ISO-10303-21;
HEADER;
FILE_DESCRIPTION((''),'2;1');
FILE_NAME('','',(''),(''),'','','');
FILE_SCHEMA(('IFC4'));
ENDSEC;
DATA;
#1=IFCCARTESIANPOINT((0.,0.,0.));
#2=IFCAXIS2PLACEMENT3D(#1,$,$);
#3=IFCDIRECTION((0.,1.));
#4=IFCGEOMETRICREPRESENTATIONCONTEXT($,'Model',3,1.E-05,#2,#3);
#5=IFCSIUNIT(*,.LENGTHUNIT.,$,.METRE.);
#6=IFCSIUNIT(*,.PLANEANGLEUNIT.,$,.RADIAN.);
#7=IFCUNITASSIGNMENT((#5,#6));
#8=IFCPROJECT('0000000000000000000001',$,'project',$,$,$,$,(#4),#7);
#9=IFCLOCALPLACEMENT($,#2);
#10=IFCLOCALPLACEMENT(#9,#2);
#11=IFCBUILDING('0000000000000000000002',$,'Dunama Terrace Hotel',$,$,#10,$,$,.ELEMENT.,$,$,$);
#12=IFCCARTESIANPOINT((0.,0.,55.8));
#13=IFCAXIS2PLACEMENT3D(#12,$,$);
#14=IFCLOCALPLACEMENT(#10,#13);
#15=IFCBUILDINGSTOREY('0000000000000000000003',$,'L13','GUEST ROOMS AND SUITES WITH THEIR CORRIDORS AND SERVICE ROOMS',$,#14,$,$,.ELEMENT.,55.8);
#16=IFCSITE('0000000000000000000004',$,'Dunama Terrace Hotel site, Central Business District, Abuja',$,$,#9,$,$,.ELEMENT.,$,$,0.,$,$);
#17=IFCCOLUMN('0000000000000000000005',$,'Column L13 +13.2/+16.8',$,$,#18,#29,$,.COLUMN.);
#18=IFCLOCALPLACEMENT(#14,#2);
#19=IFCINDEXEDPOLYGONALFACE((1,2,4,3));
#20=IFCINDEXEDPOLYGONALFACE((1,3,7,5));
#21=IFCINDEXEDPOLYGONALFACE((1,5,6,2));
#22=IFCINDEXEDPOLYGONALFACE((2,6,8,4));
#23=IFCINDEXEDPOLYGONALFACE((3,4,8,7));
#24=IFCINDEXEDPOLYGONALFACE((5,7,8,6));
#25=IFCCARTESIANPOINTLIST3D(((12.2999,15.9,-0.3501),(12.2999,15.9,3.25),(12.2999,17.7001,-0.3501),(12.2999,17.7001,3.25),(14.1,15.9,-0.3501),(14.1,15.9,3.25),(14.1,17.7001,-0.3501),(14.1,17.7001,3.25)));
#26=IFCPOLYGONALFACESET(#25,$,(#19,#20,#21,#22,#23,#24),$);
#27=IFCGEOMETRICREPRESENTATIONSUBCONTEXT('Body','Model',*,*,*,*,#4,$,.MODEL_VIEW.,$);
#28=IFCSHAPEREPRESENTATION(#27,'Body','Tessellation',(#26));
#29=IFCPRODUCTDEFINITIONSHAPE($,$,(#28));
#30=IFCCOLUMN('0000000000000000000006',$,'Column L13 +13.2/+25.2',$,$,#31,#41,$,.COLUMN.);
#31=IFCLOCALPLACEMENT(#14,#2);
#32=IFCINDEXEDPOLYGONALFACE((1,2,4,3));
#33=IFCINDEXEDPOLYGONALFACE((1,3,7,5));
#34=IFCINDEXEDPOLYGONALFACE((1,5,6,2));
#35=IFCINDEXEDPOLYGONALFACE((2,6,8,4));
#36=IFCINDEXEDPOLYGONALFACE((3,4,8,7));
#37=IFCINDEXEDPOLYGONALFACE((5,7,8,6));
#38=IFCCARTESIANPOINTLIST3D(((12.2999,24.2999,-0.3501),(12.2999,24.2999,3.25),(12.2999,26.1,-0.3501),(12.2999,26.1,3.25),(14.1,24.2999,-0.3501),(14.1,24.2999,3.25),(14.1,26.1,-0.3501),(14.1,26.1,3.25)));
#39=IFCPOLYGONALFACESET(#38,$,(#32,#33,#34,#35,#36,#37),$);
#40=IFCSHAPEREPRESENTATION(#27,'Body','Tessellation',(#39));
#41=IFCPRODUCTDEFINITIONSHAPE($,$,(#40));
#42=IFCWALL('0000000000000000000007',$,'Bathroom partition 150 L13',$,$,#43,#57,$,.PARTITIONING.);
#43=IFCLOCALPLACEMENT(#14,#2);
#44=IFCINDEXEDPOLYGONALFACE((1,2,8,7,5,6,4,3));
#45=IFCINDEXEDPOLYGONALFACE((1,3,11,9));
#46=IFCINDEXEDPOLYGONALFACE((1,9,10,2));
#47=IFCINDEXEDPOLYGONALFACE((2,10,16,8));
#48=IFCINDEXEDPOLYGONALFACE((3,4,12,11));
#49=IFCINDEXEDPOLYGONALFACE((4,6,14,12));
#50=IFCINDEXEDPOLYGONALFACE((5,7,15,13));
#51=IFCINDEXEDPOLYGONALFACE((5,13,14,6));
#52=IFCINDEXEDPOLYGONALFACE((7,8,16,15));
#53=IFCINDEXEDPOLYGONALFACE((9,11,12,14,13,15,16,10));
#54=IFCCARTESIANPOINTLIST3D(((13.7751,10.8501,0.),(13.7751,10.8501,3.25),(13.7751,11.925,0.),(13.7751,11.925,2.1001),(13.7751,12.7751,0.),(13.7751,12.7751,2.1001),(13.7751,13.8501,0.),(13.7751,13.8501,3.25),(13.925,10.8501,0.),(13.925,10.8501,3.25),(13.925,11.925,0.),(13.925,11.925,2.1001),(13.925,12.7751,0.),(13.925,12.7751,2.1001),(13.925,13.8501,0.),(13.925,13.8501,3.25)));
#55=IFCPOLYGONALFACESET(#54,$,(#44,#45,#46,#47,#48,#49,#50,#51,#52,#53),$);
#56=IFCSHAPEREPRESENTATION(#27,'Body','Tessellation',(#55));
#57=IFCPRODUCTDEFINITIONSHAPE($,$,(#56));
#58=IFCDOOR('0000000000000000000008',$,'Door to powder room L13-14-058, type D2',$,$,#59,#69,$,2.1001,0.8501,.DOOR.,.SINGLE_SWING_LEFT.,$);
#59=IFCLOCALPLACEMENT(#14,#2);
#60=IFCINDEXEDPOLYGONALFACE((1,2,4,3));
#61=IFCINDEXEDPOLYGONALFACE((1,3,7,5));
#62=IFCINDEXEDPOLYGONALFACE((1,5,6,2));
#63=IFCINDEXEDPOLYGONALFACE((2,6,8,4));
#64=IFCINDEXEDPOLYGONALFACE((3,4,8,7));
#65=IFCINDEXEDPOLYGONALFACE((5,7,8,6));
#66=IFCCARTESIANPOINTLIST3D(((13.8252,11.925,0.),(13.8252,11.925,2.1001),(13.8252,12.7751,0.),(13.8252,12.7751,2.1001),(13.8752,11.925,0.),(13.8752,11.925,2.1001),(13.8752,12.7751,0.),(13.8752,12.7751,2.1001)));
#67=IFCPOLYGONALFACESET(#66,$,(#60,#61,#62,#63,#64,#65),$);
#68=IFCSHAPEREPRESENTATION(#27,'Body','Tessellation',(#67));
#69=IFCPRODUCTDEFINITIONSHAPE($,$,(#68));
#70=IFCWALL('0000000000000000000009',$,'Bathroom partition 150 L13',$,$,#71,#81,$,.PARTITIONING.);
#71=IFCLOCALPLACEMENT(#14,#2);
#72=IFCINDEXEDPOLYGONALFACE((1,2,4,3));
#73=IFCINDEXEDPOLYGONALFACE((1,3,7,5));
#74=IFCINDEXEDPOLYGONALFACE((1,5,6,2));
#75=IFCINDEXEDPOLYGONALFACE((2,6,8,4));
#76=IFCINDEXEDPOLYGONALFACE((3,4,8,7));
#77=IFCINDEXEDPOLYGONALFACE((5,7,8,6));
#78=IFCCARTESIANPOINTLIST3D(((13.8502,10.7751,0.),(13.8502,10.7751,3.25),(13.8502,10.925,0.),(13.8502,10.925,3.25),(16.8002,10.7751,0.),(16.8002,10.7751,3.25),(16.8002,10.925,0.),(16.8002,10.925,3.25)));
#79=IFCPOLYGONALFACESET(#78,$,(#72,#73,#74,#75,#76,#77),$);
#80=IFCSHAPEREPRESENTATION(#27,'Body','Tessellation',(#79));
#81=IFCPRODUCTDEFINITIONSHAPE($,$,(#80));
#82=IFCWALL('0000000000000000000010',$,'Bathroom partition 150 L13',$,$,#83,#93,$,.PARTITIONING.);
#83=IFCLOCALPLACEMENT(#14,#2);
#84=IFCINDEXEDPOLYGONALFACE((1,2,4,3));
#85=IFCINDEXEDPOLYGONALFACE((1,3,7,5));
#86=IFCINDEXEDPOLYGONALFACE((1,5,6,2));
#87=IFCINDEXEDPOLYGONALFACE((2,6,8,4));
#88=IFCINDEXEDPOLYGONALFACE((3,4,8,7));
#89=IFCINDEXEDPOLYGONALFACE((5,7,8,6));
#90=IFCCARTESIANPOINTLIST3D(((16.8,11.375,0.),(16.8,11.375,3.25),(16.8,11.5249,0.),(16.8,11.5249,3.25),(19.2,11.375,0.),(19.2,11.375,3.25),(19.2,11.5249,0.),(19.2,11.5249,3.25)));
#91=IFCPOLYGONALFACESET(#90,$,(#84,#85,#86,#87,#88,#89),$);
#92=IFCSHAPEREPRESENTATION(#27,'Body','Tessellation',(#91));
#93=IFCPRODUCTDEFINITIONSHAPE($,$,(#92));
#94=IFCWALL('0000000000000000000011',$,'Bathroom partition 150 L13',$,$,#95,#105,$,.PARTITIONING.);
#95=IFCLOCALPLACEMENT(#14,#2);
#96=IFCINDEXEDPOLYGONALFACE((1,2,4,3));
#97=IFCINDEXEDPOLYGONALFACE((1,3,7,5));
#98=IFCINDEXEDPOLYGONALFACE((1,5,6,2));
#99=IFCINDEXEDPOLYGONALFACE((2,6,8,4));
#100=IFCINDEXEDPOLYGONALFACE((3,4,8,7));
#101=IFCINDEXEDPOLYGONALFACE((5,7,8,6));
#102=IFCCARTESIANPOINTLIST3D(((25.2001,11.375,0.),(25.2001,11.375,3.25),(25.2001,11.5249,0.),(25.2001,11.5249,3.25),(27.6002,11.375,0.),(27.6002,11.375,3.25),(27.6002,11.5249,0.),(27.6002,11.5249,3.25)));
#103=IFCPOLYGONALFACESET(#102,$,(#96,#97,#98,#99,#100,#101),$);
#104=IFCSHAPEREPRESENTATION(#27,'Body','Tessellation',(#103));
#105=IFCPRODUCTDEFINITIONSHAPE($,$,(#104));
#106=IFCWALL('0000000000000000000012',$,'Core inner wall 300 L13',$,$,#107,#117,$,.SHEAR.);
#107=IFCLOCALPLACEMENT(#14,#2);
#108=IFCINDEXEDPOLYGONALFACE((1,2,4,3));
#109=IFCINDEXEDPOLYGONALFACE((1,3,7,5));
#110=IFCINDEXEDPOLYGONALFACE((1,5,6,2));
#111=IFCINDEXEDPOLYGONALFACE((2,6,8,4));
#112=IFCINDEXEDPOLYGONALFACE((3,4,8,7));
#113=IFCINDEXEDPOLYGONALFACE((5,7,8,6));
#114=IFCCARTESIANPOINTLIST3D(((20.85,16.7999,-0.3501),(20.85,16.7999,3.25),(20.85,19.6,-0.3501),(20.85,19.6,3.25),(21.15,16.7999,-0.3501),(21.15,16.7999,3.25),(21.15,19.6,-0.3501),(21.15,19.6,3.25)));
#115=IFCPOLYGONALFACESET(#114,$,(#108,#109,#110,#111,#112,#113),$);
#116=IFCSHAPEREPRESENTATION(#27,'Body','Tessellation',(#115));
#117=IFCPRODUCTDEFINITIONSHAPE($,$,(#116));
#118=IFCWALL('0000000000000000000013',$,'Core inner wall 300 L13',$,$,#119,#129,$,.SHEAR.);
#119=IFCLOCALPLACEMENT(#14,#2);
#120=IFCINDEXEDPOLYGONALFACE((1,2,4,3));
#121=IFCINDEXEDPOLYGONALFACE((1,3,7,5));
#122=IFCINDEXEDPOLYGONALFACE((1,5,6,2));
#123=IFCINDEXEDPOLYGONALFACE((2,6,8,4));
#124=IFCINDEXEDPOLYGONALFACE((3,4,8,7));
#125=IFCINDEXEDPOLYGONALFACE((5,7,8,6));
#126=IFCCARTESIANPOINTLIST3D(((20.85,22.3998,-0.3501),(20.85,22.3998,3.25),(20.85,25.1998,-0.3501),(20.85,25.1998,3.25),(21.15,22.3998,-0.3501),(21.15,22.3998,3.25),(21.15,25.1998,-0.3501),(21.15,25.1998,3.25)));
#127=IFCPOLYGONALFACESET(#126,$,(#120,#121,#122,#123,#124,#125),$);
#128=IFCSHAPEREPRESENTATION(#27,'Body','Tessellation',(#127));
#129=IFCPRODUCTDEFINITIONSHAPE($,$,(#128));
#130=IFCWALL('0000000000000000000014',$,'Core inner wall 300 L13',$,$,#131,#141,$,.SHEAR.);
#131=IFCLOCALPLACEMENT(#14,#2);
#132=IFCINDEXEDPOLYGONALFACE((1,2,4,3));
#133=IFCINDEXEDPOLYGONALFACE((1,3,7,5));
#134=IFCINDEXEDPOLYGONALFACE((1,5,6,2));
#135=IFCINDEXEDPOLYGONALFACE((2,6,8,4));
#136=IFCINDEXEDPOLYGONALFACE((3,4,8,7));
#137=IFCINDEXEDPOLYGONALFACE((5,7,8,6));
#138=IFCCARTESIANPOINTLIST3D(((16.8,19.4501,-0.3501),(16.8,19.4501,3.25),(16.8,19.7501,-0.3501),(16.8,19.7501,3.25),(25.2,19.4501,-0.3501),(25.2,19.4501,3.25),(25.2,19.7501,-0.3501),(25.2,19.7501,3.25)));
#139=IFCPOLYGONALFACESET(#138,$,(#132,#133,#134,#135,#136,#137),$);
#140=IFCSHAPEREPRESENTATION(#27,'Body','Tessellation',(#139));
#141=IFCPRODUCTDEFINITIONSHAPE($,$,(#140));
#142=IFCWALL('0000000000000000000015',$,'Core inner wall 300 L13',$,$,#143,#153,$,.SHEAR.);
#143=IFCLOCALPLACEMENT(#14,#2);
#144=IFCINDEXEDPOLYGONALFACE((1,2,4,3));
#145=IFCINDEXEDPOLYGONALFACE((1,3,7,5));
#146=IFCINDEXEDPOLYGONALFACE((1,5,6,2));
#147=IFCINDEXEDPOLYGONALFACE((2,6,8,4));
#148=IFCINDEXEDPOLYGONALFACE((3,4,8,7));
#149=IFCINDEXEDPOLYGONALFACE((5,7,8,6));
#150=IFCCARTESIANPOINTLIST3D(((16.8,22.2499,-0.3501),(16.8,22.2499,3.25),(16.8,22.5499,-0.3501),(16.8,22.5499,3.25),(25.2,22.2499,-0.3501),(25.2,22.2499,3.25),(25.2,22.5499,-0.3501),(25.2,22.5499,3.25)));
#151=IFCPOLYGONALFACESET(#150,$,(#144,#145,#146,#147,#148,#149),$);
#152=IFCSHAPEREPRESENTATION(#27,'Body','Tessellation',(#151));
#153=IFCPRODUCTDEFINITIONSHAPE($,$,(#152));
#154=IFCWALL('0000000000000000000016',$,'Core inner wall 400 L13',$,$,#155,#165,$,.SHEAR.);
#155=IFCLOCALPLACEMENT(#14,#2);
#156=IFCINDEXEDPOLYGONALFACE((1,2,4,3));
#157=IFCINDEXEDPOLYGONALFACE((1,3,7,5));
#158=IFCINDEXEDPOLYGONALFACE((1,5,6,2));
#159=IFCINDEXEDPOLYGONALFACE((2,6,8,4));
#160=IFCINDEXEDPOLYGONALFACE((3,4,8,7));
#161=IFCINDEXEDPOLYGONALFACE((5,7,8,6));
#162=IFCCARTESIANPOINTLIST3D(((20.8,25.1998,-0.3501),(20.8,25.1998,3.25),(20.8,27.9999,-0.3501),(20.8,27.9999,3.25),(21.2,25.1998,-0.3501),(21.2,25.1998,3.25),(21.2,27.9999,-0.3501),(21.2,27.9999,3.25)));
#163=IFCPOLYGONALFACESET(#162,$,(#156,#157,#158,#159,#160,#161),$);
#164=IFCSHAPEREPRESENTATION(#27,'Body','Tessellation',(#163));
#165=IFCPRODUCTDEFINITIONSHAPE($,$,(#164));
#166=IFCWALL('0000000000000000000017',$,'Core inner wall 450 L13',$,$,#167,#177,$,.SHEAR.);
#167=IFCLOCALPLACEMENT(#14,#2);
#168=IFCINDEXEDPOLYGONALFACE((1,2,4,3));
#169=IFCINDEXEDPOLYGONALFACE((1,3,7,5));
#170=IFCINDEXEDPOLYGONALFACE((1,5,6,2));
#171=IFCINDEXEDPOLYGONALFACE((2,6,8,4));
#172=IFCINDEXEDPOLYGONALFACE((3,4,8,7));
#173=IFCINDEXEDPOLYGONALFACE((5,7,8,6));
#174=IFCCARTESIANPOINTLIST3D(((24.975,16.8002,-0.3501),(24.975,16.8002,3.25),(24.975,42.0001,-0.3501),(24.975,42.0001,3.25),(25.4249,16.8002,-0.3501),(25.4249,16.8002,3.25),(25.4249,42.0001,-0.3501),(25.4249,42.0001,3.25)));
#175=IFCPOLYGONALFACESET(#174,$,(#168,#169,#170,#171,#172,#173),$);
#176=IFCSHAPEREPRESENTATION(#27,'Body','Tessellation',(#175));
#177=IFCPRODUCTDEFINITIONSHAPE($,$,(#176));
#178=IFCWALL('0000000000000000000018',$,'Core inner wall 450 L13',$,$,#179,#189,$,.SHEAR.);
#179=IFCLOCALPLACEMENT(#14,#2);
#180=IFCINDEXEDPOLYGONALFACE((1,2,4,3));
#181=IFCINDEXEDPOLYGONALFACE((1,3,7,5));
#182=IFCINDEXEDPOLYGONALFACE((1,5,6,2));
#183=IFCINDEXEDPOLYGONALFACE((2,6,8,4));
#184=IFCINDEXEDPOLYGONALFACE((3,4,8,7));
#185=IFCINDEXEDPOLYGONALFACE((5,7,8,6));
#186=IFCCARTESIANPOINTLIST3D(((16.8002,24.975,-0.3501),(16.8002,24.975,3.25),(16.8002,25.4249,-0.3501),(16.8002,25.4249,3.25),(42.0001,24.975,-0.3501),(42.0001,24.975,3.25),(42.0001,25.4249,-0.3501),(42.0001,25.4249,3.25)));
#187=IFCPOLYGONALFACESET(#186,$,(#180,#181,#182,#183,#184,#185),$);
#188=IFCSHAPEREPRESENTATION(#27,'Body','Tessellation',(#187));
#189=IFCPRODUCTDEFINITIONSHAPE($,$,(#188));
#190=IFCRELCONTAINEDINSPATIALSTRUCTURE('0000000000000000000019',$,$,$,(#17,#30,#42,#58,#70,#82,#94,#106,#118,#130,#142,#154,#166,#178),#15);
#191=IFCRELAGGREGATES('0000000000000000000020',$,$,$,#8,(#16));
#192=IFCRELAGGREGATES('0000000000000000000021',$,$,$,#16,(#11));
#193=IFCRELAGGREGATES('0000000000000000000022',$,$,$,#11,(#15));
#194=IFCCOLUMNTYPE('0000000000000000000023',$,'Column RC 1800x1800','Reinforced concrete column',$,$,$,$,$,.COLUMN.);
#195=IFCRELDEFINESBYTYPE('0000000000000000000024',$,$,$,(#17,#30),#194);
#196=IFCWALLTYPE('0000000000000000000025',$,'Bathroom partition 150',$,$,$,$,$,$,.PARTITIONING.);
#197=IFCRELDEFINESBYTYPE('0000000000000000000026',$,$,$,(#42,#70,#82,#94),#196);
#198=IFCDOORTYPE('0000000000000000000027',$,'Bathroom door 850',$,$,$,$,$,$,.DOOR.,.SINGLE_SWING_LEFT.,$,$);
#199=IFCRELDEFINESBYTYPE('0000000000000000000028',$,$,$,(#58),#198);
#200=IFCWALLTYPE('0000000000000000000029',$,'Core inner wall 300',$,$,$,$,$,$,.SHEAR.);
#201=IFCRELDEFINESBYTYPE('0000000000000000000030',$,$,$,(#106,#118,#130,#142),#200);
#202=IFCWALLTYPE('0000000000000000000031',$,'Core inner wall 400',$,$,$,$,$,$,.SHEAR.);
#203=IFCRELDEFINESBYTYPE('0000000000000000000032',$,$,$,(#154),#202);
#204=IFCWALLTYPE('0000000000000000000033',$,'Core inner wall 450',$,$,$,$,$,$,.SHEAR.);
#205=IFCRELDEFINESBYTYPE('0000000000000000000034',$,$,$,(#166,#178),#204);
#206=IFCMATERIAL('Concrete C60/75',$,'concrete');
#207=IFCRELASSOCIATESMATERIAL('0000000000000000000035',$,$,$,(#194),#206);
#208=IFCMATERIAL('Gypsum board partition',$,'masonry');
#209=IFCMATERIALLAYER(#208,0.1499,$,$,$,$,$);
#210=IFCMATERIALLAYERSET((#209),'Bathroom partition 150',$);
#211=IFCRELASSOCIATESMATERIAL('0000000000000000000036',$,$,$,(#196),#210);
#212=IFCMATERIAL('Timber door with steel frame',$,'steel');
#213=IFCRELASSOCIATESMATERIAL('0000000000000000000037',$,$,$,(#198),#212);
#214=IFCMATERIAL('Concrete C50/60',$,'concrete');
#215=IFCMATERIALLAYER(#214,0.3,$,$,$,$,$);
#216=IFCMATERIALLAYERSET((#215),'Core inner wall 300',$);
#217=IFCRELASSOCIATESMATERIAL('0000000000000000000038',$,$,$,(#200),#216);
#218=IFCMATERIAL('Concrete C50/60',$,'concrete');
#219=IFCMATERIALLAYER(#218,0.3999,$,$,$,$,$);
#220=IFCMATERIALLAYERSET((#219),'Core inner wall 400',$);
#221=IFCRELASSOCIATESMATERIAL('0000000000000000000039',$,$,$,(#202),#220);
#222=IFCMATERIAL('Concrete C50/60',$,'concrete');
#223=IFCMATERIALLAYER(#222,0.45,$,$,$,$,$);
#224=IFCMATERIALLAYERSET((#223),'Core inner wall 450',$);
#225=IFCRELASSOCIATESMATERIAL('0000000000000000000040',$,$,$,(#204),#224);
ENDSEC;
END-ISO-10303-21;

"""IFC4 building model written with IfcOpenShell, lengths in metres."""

from ifc_helpers import new_model, si_unit, direction, frame, frame_2d, origin, origin_2d, place, context, subcontext, project, spatial, rectangle, extrude, material, layer, layer_set, material_profile, profile_set, type_object, element, fill, save


model = new_model("IFC4")

# Units and contexts
model_context = context("Model", 3, precision=1e-05, world=origin(), true_north=direction((0.0, 1.0)))
body_context = subcontext(model_context, "Body", "Model", "MODEL_VIEW")
ifc_project = project(units=[si_unit("LENGTHUNIT", "METRE"), si_unit("PLANEANGLEUNIT", "RADIAN")], contexts=[model_context])

# Site, building, storey
site_placement = place(None, origin())
site = spatial("IfcSite", under=ifc_project, at=site_placement, Name="Dunama Terrace Hotel site, Central Business District, Abuja", CompositionType="ELEMENT", RefElevation=0.0)
building_placement = place(site_placement, origin())
building = spatial("IfcBuilding", under=site, at=building_placement, Name="Dunama Terrace Hotel", CompositionType="ELEMENT")
storey_placement = place(building_placement, frame((0.0, 0.0, 55.8)))
storey = spatial("IfcBuildingStorey", under=building, at=storey_placement, Name="L13", Description="GUEST ROOMS AND SUITES WITH THEIR CORRIDORS AND SERVICE ROOMS", CompositionType="ELEMENT", Elevation=55.8)

# Columns
ifc_material_1 = material(Name="Concrete C60/75", Category="concrete")
ifc_material_profile = material_profile(ifc_material_1, rectangle(XDim=1.8, YDim=1.8, at=origin_2d()), Name="RC 1800x1800")
ifc_profile_set = profile_set([ifc_material_profile], Name="Concrete C60/75")
column_type = type_object("IfcColumnType", Name="Column RC 1800x1800", Description="Reinforced concrete column", PredefinedType="COLUMN", material=ifc_profile_set)
for number, where, z_axis, x_axis, name in (
    (1, (13.2, 16.8, -0.3501), (0.0, 0.0, 1.0), (1.0, 0.0, 0.0), "Column L13 +13.2/+16.8"),
    (2, (13.2, 25.2, -0.3501), (0.0, 0.0, 1.0), (1.0, 0.0, 0.0), "Column L13 +13.2/+25.2"),
):
    element("IfcColumn", number, at=place(storey_placement, frame(where, z_axis=z_axis, x_axis=x_axis)), inside=storey, type_object=column_type, Name=name, PredefinedType="COLUMN", context=body_context, shape_type="SweptSolid", body=[
        extrude(rectangle(XDim=1.8, YDim=1.8, at=origin_2d()), origin(), (0.0, 0.0, 1.0), 3.6001),
    ])

# Wall, opening, door
ifc_material_2 = material(Name="Gypsum board partition", Category="masonry")
ifc_layer_1 = layer(ifc_material_2, 0.1499)
ifc_layer_set_1 = layer_set([ifc_layer_1], Name="Bathroom partition 150")
wall_type_1 = type_object("IfcWallType", Name="Bathroom partition 150", PredefinedType="PARTITIONING", material=ifc_layer_set_1)
wall_1_placement = place(storey_placement, frame((13.8501, 10.8501, 0.0), z_axis=(0.0, 0.0, 1.0), x_axis=(0.0, 1.0, 0.0)))
wall_1 = element("IfcWall", 3, at=wall_1_placement, inside=storey, type_object=wall_type_1, Name="Bathroom partition 150 L13", PredefinedType="PARTITIONING", context=body_context, shape_type="SweptSolid", body=[
    extrude(rectangle(XDim=3.0, YDim=0.1499, at=frame_2d((1.5, 0.0))), origin(), (0.0, 0.0, 1.0), 3.25),
])
opening_1_placement = place(wall_1_placement, frame((1.075, 0.0, 0.0)))
opening_1 = element("IfcOpeningElement", 4, at=opening_1_placement, cuts=wall_1, PredefinedType="OPENING", context=body_context, shape_type="SweptSolid", body=[
    extrude(rectangle(XDim=0.8501, YDim=2.1001, at=frame_2d((0.425, 1.05))), frame((0.0, 0.085, 0.0), z_axis=(0.0, -1.0, 0.0), x_axis=(1.0, 0.0, 0.0)), (0.0, 0.0, 1.0), 0.1699),
])
ifc_material_3 = material(Name="Timber door with steel frame", Category="steel")
door_type_1 = type_object("IfcDoorType", Name="Bathroom door 850", OperationType="SINGLE_SWING_LEFT", PredefinedType="DOOR", material=ifc_material_3)
door_1_placement = place(opening_1_placement, frame((0.8501, 0.0, 0.0), z_axis=(0.0, 0.0, 1.0), x_axis=(-1.0, 0.0, 0.0)))
door_1 = element("IfcDoor", 5, at=door_1_placement, inside=storey, type_object=door_type_1, Name="Door to powder room L13-14-058, type D2", OperationType="SINGLE_SWING_LEFT", OverallHeight=2.1001, OverallWidth=0.8501, PredefinedType="DOOR", context=body_context, shape_type="SweptSolid", body=[
    extrude(rectangle(XDim=0.8501, YDim=2.1001, at=frame_2d((0.425, 1.05))), frame((0.0, 0.0251, 0.0), z_axis=(0.0, -1.0, 0.0), x_axis=(1.0, 0.0, 0.0)), (0.0, 0.0, 1.0), 0.05),
])
fill(opening_1, door_1)

# Walls
wall_2_placement = place(storey_placement, frame((13.8501, 10.8501, 0.0), z_axis=(0.0, 0.0, 1.0), x_axis=(1.0, 0.0, 0.0)))
element("IfcWall", 6, at=wall_2_placement, inside=storey, type_object=wall_type_1, Name="Bathroom partition 150 L13", PredefinedType="PARTITIONING", context=body_context, shape_type="SweptSolid", body=[
    extrude(rectangle(XDim=2.95, YDim=0.1499, at=frame_2d((1.4751, 0.0))), origin(), (0.0, 0.0, 1.0), 3.25),
])
wall_3_placement = place(storey_placement, frame((16.8, 11.45, 0.0), z_axis=(0.0, 0.0, 1.0), x_axis=(1.0, 0.0, 0.0)))
element("IfcWall", 7, at=wall_3_placement, inside=storey, type_object=wall_type_1, Name="Bathroom partition 150 L13", PredefinedType="PARTITIONING", context=body_context, shape_type="SweptSolid", body=[
    extrude(rectangle(XDim=2.3999, YDim=0.1499, at=frame_2d((1.2, 0.0))), origin(), (0.0, 0.0, 1.0), 3.25),
])
wall_4_placement = place(storey_placement, frame((25.2, 11.45, 0.0), z_axis=(0.0, 0.0, 1.0), x_axis=(1.0, 0.0, 0.0)))
element("IfcWall", 8, at=wall_4_placement, inside=storey, type_object=wall_type_1, Name="Bathroom partition 150 L13", PredefinedType="PARTITIONING", context=body_context, shape_type="SweptSolid", body=[
    extrude(rectangle(XDim=2.4001, YDim=0.1499, at=frame_2d((1.2002, 0.0))), origin(), (0.0, 0.0, 1.0), 3.25),
])
ifc_material_4 = material(Name="Concrete C50/60", Category="concrete")
ifc_layer_2 = layer(ifc_material_4, 0.3)
ifc_layer_set_2 = layer_set([ifc_layer_2], Name="Core inner wall 300")
wall_type_2 = type_object("IfcWallType", Name="Core inner wall 300", PredefinedType="SHEAR", material=ifc_layer_set_2)
for number, where, z_axis, x_axis, name in (
    (9, (21.0, 16.8, -0.3501), (0.0, 0.0, 1.0), (0.0, 1.0, 0.0), "Core inner wall 300 L13"),
    (10, (21.0, 22.3999, -0.3501), (0.0, 0.0, 1.0), (0.0, 1.0, 0.0), "Core inner wall 300 L13"),
):
    element("IfcWall", number, at=place(storey_placement, frame(where, z_axis=z_axis, x_axis=x_axis)), inside=storey, type_object=wall_type_2, Name=name, PredefinedType="SHEAR", context=body_context, shape_type="SweptSolid", body=[
        extrude(rectangle(XDim=2.8, YDim=0.3, at=frame_2d((1.3999, 0.0))), origin(), (0.0, 0.0, 1.0), 3.6001),
    ])
for number, where, z_axis, x_axis, name in (
    (11, (16.8, 19.6001, -0.3501), (0.0, 0.0, 1.0), (1.0, 0.0, 0.0), "Core inner wall 300 L13"),
    (12, (16.8, 22.3999, -0.3501), (0.0, 0.0, 1.0), (1.0, 0.0, 0.0), "Core inner wall 300 L13"),
):
    element("IfcWall", number, at=place(storey_placement, frame(where, z_axis=z_axis, x_axis=x_axis)), inside=storey, type_object=wall_type_2, Name=name, PredefinedType="SHEAR", context=body_context, shape_type="SweptSolid", body=[
        extrude(rectangle(XDim=8.3999, YDim=0.3, at=frame_2d((4.2, 0.0))), origin(), (0.0, 0.0, 1.0), 3.6001),
    ])
ifc_material_5 = material(Name="Concrete C50/60", Category="concrete")
ifc_layer_3 = layer(ifc_material_5, 0.3999)
ifc_layer_set_3 = layer_set([ifc_layer_3], Name="Core inner wall 400")
wall_type_3 = type_object("IfcWallType", Name="Core inner wall 400", PredefinedType="SHEAR", material=ifc_layer_set_3)
wall_5_placement = place(storey_placement, frame((21.0, 25.2, -0.3501), z_axis=(0.0, 0.0, 1.0), x_axis=(0.0, 1.0, 0.0)))
element("IfcWall", 13, at=wall_5_placement, inside=storey, type_object=wall_type_3, Name="Core inner wall 400 L13", PredefinedType="SHEAR", context=body_context, shape_type="SweptSolid", body=[
    extrude(rectangle(XDim=2.8, YDim=0.3999, at=frame_2d((1.3999, 0.0))), origin(), (0.0, 0.0, 1.0), 3.6001),
])
ifc_material_6 = material(Name="Concrete C50/60", Category="concrete")
ifc_layer_4 = layer(ifc_material_6, 0.45)
ifc_layer_set_4 = layer_set([ifc_layer_4], Name="Core inner wall 450")
wall_type_4 = type_object("IfcWallType", Name="Core inner wall 450", PredefinedType="SHEAR", material=ifc_layer_set_4)
for number, where, z_axis, x_axis, name in (
    (14, (25.2, 16.8, -0.3501), (0.0, 0.0, 1.0), (0.0, 1.0, 0.0), "Core inner wall 450 L13"),
    (15, (16.8, 25.2, -0.3501), (0.0, 0.0, 1.0), (1.0, 0.0, 0.0), "Core inner wall 450 L13"),
):
    element("IfcWall", number, at=place(storey_placement, frame(where, z_axis=z_axis, x_axis=x_axis)), inside=storey, type_object=wall_type_4, Name=name, PredefinedType="SHEAR", context=body_context, shape_type="SweptSolid", body=[
        extrude(rectangle(XDim=25.2, YDim=0.45, at=frame_2d((12.6001, 0.0))), origin(), (0.0, 0.0, 1.0), 3.6001),
    ])

save(model, "model.ifc")
